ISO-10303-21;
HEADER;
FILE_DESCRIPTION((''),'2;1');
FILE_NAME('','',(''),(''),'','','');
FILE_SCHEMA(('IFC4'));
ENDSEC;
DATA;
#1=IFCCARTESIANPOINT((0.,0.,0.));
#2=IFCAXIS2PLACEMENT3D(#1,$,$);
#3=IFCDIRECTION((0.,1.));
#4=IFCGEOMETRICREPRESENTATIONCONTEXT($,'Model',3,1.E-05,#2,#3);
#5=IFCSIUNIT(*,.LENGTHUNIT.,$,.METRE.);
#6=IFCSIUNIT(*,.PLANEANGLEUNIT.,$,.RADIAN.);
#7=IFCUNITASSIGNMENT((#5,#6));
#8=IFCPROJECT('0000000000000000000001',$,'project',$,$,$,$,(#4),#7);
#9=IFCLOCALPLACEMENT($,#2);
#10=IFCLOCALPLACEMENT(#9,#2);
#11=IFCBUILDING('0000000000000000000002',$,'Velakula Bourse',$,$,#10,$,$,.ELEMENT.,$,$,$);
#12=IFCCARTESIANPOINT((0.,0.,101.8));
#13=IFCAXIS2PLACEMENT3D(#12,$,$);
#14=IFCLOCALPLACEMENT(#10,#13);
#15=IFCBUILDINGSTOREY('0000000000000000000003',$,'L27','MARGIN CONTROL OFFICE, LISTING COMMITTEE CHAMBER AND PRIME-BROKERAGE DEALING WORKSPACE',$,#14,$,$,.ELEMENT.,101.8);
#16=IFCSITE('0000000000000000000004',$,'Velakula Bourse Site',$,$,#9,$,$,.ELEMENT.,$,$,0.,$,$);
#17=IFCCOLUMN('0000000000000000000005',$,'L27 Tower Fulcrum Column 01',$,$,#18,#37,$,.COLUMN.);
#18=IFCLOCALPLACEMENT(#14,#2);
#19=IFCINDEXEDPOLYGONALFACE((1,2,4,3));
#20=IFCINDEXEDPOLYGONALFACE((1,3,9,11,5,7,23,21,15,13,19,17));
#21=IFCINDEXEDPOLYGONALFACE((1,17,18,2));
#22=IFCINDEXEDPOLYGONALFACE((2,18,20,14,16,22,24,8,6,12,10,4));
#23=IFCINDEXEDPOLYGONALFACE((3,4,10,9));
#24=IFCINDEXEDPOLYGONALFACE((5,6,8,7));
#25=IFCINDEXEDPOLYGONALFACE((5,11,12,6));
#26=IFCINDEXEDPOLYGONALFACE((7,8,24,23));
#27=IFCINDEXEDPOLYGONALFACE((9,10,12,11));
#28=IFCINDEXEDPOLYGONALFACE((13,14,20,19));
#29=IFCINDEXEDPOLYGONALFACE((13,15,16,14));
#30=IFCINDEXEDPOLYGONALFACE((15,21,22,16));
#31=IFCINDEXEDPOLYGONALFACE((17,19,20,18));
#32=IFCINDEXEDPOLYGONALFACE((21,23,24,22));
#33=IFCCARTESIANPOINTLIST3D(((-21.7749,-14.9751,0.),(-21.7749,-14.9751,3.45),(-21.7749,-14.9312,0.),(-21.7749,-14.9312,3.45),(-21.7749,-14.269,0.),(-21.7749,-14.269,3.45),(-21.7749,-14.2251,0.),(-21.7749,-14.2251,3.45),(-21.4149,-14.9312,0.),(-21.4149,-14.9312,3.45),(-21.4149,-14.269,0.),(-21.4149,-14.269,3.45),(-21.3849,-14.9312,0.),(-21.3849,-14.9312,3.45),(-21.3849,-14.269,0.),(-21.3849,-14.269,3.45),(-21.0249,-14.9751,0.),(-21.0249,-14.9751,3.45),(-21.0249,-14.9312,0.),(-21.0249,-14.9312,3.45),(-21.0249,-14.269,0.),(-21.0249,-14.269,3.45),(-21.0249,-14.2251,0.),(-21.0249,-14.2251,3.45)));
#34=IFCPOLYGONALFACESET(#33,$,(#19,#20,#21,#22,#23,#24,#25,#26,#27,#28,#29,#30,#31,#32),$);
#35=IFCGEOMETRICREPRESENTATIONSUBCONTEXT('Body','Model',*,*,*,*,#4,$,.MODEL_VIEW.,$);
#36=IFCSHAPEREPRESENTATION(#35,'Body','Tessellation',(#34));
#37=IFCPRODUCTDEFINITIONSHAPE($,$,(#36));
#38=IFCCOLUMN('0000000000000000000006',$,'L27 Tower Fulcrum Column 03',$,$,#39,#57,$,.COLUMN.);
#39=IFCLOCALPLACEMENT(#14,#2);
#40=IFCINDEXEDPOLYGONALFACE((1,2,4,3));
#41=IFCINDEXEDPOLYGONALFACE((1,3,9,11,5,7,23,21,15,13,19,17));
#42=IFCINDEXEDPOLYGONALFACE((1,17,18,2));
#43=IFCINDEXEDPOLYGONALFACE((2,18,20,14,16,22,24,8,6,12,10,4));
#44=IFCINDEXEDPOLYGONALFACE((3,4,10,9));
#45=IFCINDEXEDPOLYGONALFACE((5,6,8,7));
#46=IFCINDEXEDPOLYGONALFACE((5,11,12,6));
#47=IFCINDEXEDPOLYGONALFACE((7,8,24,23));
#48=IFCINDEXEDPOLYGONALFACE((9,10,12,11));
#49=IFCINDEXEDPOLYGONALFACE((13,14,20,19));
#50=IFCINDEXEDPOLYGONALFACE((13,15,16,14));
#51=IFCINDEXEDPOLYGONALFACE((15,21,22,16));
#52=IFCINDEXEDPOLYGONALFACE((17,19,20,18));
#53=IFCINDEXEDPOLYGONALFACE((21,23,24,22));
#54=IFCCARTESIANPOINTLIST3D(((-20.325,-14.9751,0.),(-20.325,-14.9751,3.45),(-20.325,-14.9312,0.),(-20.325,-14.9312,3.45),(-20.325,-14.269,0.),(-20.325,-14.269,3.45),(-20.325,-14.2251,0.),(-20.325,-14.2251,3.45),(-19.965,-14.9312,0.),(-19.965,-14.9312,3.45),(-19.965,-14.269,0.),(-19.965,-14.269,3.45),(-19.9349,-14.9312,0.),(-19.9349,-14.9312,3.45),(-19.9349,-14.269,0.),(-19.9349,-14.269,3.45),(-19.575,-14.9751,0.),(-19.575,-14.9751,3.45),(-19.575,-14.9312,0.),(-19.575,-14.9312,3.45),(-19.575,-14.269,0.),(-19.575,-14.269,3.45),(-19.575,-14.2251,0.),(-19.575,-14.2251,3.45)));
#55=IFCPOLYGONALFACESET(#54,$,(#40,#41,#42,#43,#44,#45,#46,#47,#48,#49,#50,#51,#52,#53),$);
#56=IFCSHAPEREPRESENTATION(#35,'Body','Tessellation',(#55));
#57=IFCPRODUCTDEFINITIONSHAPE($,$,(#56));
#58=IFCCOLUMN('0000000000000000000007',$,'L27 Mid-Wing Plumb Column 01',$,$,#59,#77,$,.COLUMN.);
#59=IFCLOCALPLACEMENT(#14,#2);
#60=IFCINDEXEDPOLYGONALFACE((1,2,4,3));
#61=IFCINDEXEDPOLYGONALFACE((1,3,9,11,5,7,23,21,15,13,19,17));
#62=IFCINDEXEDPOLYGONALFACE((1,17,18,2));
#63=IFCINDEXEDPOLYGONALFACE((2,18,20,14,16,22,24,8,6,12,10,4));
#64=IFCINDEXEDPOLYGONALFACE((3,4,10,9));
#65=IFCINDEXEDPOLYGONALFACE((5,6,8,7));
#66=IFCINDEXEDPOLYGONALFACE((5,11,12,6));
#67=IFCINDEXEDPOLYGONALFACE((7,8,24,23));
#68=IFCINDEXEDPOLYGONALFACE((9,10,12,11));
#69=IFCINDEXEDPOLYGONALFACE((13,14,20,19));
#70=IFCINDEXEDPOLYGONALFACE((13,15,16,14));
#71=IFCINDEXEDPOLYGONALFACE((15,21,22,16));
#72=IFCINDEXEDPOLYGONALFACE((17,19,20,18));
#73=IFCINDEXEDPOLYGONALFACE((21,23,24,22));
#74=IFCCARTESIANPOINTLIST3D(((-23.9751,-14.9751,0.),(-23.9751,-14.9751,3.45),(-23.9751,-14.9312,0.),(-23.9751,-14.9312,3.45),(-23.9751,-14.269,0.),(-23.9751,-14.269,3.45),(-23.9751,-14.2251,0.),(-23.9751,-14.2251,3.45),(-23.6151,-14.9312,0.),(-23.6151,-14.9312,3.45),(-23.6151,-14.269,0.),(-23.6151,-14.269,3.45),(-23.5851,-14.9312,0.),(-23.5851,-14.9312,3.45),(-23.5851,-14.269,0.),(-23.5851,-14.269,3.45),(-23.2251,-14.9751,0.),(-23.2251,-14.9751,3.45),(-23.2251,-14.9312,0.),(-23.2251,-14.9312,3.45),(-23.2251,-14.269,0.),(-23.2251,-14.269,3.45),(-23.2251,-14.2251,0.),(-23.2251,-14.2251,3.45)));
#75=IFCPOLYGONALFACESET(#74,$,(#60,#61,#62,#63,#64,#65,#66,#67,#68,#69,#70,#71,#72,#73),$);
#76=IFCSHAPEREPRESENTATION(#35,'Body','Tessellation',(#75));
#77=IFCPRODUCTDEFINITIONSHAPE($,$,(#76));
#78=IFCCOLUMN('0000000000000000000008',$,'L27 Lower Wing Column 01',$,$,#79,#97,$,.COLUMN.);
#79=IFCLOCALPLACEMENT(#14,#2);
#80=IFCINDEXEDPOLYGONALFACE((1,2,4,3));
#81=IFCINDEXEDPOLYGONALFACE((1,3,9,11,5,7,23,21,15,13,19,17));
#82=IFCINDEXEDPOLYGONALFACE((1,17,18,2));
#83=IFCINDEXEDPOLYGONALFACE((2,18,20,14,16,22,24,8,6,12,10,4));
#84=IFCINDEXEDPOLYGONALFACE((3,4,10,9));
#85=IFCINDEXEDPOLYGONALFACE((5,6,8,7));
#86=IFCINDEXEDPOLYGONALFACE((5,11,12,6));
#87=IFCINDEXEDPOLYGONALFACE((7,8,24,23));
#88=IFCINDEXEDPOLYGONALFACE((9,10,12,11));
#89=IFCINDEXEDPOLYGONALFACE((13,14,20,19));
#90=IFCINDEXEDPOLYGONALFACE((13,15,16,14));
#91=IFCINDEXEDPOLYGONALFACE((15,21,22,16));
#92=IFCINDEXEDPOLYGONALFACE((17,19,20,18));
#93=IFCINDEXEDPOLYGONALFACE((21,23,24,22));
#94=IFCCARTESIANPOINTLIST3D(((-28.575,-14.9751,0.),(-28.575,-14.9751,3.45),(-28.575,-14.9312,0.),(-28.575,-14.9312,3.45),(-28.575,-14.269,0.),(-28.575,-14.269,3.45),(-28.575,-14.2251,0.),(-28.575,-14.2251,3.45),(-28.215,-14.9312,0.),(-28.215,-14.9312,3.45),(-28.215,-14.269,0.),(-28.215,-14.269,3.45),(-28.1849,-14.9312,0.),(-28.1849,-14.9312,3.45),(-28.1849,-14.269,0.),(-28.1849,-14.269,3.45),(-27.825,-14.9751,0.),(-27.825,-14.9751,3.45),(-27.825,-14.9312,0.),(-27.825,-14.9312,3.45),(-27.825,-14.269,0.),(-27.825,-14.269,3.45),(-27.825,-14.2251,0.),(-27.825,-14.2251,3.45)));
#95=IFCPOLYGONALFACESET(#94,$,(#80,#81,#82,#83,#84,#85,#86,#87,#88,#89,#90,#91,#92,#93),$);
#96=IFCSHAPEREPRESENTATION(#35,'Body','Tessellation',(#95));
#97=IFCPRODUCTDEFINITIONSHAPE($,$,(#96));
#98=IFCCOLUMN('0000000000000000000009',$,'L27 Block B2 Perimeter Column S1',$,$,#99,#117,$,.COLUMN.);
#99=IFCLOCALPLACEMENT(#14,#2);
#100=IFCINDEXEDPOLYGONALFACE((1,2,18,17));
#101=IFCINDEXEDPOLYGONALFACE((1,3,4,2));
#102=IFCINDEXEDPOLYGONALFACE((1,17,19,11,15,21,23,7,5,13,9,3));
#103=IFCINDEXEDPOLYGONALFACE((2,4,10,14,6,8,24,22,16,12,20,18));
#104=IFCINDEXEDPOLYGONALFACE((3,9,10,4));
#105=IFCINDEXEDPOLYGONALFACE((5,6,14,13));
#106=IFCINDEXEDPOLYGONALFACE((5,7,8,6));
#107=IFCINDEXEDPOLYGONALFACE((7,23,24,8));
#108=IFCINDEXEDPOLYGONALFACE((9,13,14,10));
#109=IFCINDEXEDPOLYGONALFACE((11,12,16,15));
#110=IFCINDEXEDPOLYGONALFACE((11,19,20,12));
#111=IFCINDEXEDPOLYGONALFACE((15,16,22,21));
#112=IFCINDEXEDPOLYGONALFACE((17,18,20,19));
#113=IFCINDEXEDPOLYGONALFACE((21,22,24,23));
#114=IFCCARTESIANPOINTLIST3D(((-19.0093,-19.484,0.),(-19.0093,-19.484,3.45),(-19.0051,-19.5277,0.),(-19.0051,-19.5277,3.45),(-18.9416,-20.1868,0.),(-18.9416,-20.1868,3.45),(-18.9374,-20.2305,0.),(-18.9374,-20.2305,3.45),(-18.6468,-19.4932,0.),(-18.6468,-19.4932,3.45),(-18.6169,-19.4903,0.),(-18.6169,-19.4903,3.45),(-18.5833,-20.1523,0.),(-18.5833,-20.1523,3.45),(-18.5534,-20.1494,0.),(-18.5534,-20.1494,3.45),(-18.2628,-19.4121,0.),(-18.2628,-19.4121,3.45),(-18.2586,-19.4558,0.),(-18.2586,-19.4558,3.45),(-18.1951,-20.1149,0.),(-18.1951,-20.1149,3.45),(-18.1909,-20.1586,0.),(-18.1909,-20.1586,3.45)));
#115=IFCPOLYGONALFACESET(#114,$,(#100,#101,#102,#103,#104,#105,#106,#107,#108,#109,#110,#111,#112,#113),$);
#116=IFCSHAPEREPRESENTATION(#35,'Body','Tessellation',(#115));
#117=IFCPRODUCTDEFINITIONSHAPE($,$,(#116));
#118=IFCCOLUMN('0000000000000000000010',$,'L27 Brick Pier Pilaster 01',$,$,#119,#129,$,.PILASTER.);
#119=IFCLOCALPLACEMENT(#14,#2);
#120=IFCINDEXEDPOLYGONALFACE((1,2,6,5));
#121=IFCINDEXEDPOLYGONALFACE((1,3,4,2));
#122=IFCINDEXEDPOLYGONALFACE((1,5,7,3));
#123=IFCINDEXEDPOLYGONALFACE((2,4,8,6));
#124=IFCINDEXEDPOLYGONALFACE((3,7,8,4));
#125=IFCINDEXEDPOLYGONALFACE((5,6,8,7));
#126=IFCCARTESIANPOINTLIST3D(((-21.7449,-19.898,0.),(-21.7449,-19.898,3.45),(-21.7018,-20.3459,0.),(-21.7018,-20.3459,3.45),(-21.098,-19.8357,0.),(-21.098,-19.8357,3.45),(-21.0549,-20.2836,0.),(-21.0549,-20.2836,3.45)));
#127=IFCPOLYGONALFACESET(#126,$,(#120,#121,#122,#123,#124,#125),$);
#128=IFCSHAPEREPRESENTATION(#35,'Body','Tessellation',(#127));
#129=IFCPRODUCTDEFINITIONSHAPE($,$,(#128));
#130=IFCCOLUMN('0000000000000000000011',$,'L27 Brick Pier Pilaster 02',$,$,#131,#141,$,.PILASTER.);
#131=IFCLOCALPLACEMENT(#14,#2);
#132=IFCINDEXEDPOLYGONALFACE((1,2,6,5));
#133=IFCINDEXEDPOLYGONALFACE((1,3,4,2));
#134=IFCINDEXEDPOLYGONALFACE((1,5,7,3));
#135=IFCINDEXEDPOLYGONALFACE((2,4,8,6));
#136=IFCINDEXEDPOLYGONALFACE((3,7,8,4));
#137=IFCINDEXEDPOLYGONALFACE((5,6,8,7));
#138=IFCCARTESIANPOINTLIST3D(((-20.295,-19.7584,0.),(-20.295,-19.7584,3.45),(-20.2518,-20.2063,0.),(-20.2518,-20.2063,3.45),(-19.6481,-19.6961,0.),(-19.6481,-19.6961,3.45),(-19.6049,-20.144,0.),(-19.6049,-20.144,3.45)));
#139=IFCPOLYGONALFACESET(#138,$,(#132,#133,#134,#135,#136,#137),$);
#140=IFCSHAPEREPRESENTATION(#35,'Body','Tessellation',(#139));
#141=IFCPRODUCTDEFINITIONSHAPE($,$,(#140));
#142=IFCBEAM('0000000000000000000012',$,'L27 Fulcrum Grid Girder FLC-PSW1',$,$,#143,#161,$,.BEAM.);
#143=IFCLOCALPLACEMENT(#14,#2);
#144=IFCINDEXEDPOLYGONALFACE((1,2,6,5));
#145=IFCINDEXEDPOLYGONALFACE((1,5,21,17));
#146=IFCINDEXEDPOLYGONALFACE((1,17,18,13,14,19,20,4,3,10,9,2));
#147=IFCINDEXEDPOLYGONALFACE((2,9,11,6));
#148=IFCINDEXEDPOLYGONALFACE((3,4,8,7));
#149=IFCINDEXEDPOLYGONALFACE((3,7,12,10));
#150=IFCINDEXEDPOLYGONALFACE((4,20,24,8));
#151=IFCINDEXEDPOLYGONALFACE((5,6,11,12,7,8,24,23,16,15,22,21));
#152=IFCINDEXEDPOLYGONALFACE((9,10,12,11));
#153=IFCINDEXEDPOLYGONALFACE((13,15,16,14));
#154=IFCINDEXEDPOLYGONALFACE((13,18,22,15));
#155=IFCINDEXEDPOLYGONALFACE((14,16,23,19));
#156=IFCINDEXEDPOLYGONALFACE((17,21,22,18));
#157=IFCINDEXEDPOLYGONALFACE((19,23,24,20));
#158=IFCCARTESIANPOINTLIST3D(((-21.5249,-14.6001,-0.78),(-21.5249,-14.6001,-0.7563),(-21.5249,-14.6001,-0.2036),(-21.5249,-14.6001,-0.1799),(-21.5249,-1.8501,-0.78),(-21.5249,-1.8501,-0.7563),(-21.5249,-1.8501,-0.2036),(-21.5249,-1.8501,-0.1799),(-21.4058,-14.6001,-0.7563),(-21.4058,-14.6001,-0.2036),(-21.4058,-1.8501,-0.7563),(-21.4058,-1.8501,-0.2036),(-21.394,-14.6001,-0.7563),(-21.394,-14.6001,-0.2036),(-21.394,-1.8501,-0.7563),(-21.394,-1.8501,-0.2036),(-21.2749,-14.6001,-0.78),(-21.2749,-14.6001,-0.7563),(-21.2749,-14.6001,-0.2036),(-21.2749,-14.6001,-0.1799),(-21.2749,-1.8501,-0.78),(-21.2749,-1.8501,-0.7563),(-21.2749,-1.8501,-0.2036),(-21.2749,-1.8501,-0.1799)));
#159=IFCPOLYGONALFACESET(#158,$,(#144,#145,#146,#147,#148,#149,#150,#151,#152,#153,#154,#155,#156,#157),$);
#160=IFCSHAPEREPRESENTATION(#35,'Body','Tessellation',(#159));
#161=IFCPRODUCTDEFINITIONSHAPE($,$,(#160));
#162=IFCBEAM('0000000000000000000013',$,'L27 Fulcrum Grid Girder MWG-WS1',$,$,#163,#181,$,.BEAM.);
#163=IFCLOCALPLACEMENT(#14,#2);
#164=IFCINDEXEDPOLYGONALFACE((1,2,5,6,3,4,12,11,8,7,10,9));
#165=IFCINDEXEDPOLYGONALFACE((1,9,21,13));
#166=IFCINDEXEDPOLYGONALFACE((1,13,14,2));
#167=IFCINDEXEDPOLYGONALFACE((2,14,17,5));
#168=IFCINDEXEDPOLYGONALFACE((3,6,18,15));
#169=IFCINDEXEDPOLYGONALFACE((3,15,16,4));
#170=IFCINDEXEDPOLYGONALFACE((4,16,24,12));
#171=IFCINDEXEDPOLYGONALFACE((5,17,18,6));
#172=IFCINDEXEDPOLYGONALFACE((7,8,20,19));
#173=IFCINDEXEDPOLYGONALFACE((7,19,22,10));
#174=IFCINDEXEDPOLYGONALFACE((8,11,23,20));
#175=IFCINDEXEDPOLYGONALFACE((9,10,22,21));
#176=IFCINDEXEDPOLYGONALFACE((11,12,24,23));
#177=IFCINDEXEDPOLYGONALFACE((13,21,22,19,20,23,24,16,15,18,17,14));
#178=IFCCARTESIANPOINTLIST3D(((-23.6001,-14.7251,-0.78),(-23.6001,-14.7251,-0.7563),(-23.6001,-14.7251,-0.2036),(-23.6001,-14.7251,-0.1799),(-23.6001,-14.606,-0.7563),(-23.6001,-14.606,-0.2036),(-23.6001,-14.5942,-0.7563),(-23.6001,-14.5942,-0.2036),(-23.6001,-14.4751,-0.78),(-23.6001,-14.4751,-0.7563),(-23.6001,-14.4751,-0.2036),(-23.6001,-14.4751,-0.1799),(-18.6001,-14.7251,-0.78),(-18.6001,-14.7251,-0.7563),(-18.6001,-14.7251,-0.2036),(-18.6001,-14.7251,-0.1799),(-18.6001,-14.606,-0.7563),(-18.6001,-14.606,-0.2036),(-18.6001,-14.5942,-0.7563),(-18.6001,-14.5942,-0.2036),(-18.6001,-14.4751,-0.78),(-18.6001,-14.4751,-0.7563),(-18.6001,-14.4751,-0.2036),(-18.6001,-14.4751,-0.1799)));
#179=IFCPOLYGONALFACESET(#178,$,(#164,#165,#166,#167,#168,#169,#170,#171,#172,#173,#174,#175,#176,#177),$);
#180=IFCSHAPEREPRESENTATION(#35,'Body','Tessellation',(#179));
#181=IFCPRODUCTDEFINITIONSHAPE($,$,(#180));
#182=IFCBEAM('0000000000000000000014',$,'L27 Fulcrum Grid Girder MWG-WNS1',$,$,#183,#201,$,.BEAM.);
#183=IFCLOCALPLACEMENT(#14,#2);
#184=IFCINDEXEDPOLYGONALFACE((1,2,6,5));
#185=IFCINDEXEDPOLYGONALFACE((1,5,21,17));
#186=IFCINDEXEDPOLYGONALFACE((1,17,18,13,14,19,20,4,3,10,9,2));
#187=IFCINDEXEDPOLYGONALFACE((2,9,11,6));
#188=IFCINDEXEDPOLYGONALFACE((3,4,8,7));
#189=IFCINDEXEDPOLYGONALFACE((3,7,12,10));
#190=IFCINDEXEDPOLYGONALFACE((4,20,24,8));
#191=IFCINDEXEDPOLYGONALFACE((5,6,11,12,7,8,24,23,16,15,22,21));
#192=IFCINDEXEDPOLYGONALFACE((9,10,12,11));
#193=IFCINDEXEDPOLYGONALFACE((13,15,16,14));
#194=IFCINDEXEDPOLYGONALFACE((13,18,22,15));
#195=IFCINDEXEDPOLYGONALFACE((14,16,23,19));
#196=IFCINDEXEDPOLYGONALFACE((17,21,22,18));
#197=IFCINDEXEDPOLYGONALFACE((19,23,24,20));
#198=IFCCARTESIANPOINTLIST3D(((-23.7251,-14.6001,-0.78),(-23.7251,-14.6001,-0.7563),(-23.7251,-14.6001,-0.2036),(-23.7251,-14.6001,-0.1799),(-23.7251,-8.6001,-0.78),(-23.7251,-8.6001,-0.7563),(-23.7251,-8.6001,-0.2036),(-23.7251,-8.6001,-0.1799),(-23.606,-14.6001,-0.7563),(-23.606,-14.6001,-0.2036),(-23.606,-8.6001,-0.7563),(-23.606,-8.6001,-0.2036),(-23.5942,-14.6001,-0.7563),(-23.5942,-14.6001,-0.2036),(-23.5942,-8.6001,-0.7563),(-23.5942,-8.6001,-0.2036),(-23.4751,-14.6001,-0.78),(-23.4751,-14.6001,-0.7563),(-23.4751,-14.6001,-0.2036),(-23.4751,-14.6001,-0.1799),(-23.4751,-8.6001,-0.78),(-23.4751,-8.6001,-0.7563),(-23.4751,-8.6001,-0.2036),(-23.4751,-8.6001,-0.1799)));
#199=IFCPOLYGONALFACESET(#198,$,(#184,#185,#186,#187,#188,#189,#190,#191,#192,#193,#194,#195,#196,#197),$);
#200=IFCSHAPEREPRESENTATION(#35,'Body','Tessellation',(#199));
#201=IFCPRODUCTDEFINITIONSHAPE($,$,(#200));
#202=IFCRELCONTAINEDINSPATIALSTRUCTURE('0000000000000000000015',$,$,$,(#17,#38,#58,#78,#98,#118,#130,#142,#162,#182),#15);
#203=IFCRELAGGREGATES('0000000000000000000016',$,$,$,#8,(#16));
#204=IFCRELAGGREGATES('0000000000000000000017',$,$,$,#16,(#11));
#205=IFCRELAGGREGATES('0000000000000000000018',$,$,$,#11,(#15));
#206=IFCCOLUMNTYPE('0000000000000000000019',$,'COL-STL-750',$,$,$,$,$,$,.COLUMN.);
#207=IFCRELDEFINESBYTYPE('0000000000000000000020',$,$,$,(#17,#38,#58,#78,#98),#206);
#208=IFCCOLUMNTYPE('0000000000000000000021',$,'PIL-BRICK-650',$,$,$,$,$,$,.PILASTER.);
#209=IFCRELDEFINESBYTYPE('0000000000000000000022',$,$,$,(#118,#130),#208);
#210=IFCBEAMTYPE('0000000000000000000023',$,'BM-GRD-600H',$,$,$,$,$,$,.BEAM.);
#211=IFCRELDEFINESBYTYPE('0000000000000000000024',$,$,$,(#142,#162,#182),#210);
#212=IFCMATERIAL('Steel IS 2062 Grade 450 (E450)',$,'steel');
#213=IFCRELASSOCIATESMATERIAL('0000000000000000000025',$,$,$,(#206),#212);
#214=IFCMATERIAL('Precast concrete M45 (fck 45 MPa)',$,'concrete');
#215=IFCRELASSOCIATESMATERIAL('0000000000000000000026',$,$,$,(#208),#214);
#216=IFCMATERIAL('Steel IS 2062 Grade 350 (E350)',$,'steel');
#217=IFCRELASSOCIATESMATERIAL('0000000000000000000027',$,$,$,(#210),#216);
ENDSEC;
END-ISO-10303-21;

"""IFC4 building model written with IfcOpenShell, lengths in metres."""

from ifc_helpers import new_model, si_unit, direction, frame, origin, origin_2d, place, context, subcontext, project, spatial, rectangle, i_section, extrude, material, material_profile, profile_set, type_object, element, save


model = new_model("IFC4")

# Units and contexts
model_context = context("Model", 3, precision=1e-05, world=origin(), true_north=direction((0.0, 1.0)))
body_context = subcontext(model_context, "Body", "Model", "MODEL_VIEW")
ifc_project = project(units=[si_unit("LENGTHUNIT", "METRE"), si_unit("PLANEANGLEUNIT", "RADIAN")], contexts=[model_context])

# Site, building, storey
site_placement = place(None, origin())
site = spatial("IfcSite", under=ifc_project, at=site_placement, Name="Velakula Bourse Site", CompositionType="ELEMENT", RefElevation=0.0)
building_placement = place(site_placement, origin())
building = spatial("IfcBuilding", under=site, at=building_placement, Name="Velakula Bourse", CompositionType="ELEMENT")
storey_placement = place(building_placement, frame((0.0, 0.0, 101.8)))
storey = spatial("IfcBuildingStorey", under=building, at=storey_placement, Name="L27", Description="MARGIN CONTROL OFFICE, LISTING COMMITTEE CHAMBER AND PRIME-BROKERAGE DEALING WORKSPACE", CompositionType="ELEMENT", Elevation=101.8)

# Columns
ifc_material_1 = material(Name="Steel IS 2062 Grade 450 (E450)", Category="steel")
ifc_material_profile_1 = material_profile(ifc_material_1, i_section(OverallWidth=0.75, OverallDepth=0.75, WebThickness=0.03, FlangeThickness=0.0439, at=origin_2d()), Name="Steel IS 2062 Grade 450 (E450)")
ifc_profile_set_1 = profile_set([ifc_material_profile_1], Name="Steel IS 2062 Grade 450 (E450)")
column_type_1 = type_object("IfcColumnType", Name="COL-STL-750", PredefinedType="COLUMN", material=ifc_profile_set_1)
for number, where, z_axis, x_axis, name in (
    (1, (-21.3999, -14.6001, 0.0), (0.0, 0.0, 1.0), (1.0, 0.0, 0.0), "L27 Tower Fulcrum Column 01"),
    (2, (-19.95, -14.6001, 0.0), (0.0, 0.0, 1.0), (1.0, 0.0, 0.0), "L27 Tower Fulcrum Column 03"),
    (3, (-23.6001, -14.6001, 0.0), (0.0, 0.0, 1.0), (1.0, 0.0, 0.0), "L27 Mid-Wing Plumb Column 01"),
    (4, (-28.2, -14.6001, 0.0), (0.0, 0.0, 1.0), (1.0, 0.0, 0.0), "L27 Lower Wing Column 01"),
    (5, (-18.6001, -19.8213, 0.0), (0.0, 0.0, 1.0), (0.995396, 0.095846, 0.0), "L27 Block B2 Perimeter Column S1"),
):
    element("IfcColumn", number, at=place(storey_placement, frame(where, z_axis=z_axis, x_axis=x_axis)), inside=storey, type_object=column_type_1, Name=name, PredefinedType="COLUMN", context=body_context, shape_type="SweptSolid", body=[
        extrude(i_section(OverallWidth=0.75, OverallDepth=0.75, WebThickness=0.03, FlangeThickness=0.0439, at=origin_2d()), origin(), (0.0, 0.0, 1.0), 3.45),
    ])
ifc_material_2 = material(Name="Precast concrete M45 (fck 45 MPa)", Category="concrete")
ifc_material_profile_2 = material_profile(ifc_material_2, rectangle(XDim=0.6499, YDim=0.45, at=origin_2d()), Name="Precast concrete M45 (fck 45 MPa)")
ifc_profile_set_2 = profile_set([ifc_material_profile_2], Name="Precast concrete M45 (fck 45 MPa)")
column_type_2 = type_object("IfcColumnType", Name="PIL-BRICK-650", PredefinedType="PILASTER", material=ifc_profile_set_2)
for number, where, z_axis, x_axis, name in (
    (6, (-21.3999, -20.0908, 0.0), (0.0, 0.0, 1.0), (0.995396, 0.095846, 0.0), "L27 Brick Pier Pilaster 01"),
    (7, (-19.95, -19.9512, 0.0), (0.0, 0.0, 1.0), (0.995396, 0.095846, 0.0), "L27 Brick Pier Pilaster 02"),
):
    element("IfcColumn", number, at=place(storey_placement, frame(where, z_axis=z_axis, x_axis=x_axis)), inside=storey, type_object=column_type_2, Name=name, PredefinedType="PILASTER", context=body_context, shape_type="SweptSolid", body=[
        extrude(rectangle(XDim=0.6499, YDim=0.45, at=origin_2d()), origin(), (0.0, 0.0, 1.0), 3.45),
    ])

# Beams
ifc_material_3 = material(Name="Steel IS 2062 Grade 350 (E350)", Category="steel")
ifc_material_profile_3 = material_profile(ifc_material_3, i_section(OverallWidth=0.25, OverallDepth=0.6001, WebThickness=0.0117, FlangeThickness=0.0237, at=origin_2d()), Name="Steel IS 2062 Grade 350 (E350)")
ifc_profile_set_3 = profile_set([ifc_material_profile_3], Name="Steel IS 2062 Grade 350 (E350)")
beam_type_1 = type_object("IfcBeamType", Name="BM-GRD-600H", PredefinedType="BEAM", material=ifc_profile_set_3)
beam_1_placement = place(storey_placement, frame((-21.3999, -14.6001, -0.48), z_axis=(0.0, 1.0, 0.0), x_axis=(-1.0, 0.0, 0.0)))
element("IfcBeam", 8, at=beam_1_placement, inside=storey, type_object=beam_type_1, Name="L27 Fulcrum Grid Girder FLC-PSW1", PredefinedType="BEAM", context=body_context, shape_type="SweptSolid", body=[
    extrude(i_section(OverallWidth=0.25, OverallDepth=0.6001, WebThickness=0.0117, FlangeThickness=0.0237, at=origin_2d()), origin(), (0.0, 0.0, 1.0), 12.75),
])
beam_2_placement = place(storey_placement, frame((-23.6001, -14.6001, -0.48), z_axis=(1.0, 0.0, 0.0), x_axis=(0.0, 1.0, 0.0)))
element("IfcBeam", 9, at=beam_2_placement, inside=storey, type_object=beam_type_1, Name="L27 Fulcrum Grid Girder MWG-WS1", PredefinedType="BEAM", context=body_context, shape_type="SweptSolid", body=[
    extrude(i_section(OverallWidth=0.25, OverallDepth=0.6001, WebThickness=0.0117, FlangeThickness=0.0237, at=origin_2d()), origin(), (0.0, 0.0, 1.0), 5.0),
])
beam_3_placement = place(storey_placement, frame((-23.6001, -14.6001, -0.48), z_axis=(0.0, 1.0, 0.0), x_axis=(-1.0, 0.0, 0.0)))
element("IfcBeam", 10, at=beam_3_placement, inside=storey, type_object=beam_type_1, Name="L27 Fulcrum Grid Girder MWG-WNS1", PredefinedType="BEAM", context=body_context, shape_type="SweptSolid", body=[
    extrude(i_section(OverallWidth=0.25, OverallDepth=0.6001, WebThickness=0.0117, FlangeThickness=0.0237, at=origin_2d()), origin(), (0.0, 0.0, 1.0), 6.0),
])

save(model, "model.ifc")
